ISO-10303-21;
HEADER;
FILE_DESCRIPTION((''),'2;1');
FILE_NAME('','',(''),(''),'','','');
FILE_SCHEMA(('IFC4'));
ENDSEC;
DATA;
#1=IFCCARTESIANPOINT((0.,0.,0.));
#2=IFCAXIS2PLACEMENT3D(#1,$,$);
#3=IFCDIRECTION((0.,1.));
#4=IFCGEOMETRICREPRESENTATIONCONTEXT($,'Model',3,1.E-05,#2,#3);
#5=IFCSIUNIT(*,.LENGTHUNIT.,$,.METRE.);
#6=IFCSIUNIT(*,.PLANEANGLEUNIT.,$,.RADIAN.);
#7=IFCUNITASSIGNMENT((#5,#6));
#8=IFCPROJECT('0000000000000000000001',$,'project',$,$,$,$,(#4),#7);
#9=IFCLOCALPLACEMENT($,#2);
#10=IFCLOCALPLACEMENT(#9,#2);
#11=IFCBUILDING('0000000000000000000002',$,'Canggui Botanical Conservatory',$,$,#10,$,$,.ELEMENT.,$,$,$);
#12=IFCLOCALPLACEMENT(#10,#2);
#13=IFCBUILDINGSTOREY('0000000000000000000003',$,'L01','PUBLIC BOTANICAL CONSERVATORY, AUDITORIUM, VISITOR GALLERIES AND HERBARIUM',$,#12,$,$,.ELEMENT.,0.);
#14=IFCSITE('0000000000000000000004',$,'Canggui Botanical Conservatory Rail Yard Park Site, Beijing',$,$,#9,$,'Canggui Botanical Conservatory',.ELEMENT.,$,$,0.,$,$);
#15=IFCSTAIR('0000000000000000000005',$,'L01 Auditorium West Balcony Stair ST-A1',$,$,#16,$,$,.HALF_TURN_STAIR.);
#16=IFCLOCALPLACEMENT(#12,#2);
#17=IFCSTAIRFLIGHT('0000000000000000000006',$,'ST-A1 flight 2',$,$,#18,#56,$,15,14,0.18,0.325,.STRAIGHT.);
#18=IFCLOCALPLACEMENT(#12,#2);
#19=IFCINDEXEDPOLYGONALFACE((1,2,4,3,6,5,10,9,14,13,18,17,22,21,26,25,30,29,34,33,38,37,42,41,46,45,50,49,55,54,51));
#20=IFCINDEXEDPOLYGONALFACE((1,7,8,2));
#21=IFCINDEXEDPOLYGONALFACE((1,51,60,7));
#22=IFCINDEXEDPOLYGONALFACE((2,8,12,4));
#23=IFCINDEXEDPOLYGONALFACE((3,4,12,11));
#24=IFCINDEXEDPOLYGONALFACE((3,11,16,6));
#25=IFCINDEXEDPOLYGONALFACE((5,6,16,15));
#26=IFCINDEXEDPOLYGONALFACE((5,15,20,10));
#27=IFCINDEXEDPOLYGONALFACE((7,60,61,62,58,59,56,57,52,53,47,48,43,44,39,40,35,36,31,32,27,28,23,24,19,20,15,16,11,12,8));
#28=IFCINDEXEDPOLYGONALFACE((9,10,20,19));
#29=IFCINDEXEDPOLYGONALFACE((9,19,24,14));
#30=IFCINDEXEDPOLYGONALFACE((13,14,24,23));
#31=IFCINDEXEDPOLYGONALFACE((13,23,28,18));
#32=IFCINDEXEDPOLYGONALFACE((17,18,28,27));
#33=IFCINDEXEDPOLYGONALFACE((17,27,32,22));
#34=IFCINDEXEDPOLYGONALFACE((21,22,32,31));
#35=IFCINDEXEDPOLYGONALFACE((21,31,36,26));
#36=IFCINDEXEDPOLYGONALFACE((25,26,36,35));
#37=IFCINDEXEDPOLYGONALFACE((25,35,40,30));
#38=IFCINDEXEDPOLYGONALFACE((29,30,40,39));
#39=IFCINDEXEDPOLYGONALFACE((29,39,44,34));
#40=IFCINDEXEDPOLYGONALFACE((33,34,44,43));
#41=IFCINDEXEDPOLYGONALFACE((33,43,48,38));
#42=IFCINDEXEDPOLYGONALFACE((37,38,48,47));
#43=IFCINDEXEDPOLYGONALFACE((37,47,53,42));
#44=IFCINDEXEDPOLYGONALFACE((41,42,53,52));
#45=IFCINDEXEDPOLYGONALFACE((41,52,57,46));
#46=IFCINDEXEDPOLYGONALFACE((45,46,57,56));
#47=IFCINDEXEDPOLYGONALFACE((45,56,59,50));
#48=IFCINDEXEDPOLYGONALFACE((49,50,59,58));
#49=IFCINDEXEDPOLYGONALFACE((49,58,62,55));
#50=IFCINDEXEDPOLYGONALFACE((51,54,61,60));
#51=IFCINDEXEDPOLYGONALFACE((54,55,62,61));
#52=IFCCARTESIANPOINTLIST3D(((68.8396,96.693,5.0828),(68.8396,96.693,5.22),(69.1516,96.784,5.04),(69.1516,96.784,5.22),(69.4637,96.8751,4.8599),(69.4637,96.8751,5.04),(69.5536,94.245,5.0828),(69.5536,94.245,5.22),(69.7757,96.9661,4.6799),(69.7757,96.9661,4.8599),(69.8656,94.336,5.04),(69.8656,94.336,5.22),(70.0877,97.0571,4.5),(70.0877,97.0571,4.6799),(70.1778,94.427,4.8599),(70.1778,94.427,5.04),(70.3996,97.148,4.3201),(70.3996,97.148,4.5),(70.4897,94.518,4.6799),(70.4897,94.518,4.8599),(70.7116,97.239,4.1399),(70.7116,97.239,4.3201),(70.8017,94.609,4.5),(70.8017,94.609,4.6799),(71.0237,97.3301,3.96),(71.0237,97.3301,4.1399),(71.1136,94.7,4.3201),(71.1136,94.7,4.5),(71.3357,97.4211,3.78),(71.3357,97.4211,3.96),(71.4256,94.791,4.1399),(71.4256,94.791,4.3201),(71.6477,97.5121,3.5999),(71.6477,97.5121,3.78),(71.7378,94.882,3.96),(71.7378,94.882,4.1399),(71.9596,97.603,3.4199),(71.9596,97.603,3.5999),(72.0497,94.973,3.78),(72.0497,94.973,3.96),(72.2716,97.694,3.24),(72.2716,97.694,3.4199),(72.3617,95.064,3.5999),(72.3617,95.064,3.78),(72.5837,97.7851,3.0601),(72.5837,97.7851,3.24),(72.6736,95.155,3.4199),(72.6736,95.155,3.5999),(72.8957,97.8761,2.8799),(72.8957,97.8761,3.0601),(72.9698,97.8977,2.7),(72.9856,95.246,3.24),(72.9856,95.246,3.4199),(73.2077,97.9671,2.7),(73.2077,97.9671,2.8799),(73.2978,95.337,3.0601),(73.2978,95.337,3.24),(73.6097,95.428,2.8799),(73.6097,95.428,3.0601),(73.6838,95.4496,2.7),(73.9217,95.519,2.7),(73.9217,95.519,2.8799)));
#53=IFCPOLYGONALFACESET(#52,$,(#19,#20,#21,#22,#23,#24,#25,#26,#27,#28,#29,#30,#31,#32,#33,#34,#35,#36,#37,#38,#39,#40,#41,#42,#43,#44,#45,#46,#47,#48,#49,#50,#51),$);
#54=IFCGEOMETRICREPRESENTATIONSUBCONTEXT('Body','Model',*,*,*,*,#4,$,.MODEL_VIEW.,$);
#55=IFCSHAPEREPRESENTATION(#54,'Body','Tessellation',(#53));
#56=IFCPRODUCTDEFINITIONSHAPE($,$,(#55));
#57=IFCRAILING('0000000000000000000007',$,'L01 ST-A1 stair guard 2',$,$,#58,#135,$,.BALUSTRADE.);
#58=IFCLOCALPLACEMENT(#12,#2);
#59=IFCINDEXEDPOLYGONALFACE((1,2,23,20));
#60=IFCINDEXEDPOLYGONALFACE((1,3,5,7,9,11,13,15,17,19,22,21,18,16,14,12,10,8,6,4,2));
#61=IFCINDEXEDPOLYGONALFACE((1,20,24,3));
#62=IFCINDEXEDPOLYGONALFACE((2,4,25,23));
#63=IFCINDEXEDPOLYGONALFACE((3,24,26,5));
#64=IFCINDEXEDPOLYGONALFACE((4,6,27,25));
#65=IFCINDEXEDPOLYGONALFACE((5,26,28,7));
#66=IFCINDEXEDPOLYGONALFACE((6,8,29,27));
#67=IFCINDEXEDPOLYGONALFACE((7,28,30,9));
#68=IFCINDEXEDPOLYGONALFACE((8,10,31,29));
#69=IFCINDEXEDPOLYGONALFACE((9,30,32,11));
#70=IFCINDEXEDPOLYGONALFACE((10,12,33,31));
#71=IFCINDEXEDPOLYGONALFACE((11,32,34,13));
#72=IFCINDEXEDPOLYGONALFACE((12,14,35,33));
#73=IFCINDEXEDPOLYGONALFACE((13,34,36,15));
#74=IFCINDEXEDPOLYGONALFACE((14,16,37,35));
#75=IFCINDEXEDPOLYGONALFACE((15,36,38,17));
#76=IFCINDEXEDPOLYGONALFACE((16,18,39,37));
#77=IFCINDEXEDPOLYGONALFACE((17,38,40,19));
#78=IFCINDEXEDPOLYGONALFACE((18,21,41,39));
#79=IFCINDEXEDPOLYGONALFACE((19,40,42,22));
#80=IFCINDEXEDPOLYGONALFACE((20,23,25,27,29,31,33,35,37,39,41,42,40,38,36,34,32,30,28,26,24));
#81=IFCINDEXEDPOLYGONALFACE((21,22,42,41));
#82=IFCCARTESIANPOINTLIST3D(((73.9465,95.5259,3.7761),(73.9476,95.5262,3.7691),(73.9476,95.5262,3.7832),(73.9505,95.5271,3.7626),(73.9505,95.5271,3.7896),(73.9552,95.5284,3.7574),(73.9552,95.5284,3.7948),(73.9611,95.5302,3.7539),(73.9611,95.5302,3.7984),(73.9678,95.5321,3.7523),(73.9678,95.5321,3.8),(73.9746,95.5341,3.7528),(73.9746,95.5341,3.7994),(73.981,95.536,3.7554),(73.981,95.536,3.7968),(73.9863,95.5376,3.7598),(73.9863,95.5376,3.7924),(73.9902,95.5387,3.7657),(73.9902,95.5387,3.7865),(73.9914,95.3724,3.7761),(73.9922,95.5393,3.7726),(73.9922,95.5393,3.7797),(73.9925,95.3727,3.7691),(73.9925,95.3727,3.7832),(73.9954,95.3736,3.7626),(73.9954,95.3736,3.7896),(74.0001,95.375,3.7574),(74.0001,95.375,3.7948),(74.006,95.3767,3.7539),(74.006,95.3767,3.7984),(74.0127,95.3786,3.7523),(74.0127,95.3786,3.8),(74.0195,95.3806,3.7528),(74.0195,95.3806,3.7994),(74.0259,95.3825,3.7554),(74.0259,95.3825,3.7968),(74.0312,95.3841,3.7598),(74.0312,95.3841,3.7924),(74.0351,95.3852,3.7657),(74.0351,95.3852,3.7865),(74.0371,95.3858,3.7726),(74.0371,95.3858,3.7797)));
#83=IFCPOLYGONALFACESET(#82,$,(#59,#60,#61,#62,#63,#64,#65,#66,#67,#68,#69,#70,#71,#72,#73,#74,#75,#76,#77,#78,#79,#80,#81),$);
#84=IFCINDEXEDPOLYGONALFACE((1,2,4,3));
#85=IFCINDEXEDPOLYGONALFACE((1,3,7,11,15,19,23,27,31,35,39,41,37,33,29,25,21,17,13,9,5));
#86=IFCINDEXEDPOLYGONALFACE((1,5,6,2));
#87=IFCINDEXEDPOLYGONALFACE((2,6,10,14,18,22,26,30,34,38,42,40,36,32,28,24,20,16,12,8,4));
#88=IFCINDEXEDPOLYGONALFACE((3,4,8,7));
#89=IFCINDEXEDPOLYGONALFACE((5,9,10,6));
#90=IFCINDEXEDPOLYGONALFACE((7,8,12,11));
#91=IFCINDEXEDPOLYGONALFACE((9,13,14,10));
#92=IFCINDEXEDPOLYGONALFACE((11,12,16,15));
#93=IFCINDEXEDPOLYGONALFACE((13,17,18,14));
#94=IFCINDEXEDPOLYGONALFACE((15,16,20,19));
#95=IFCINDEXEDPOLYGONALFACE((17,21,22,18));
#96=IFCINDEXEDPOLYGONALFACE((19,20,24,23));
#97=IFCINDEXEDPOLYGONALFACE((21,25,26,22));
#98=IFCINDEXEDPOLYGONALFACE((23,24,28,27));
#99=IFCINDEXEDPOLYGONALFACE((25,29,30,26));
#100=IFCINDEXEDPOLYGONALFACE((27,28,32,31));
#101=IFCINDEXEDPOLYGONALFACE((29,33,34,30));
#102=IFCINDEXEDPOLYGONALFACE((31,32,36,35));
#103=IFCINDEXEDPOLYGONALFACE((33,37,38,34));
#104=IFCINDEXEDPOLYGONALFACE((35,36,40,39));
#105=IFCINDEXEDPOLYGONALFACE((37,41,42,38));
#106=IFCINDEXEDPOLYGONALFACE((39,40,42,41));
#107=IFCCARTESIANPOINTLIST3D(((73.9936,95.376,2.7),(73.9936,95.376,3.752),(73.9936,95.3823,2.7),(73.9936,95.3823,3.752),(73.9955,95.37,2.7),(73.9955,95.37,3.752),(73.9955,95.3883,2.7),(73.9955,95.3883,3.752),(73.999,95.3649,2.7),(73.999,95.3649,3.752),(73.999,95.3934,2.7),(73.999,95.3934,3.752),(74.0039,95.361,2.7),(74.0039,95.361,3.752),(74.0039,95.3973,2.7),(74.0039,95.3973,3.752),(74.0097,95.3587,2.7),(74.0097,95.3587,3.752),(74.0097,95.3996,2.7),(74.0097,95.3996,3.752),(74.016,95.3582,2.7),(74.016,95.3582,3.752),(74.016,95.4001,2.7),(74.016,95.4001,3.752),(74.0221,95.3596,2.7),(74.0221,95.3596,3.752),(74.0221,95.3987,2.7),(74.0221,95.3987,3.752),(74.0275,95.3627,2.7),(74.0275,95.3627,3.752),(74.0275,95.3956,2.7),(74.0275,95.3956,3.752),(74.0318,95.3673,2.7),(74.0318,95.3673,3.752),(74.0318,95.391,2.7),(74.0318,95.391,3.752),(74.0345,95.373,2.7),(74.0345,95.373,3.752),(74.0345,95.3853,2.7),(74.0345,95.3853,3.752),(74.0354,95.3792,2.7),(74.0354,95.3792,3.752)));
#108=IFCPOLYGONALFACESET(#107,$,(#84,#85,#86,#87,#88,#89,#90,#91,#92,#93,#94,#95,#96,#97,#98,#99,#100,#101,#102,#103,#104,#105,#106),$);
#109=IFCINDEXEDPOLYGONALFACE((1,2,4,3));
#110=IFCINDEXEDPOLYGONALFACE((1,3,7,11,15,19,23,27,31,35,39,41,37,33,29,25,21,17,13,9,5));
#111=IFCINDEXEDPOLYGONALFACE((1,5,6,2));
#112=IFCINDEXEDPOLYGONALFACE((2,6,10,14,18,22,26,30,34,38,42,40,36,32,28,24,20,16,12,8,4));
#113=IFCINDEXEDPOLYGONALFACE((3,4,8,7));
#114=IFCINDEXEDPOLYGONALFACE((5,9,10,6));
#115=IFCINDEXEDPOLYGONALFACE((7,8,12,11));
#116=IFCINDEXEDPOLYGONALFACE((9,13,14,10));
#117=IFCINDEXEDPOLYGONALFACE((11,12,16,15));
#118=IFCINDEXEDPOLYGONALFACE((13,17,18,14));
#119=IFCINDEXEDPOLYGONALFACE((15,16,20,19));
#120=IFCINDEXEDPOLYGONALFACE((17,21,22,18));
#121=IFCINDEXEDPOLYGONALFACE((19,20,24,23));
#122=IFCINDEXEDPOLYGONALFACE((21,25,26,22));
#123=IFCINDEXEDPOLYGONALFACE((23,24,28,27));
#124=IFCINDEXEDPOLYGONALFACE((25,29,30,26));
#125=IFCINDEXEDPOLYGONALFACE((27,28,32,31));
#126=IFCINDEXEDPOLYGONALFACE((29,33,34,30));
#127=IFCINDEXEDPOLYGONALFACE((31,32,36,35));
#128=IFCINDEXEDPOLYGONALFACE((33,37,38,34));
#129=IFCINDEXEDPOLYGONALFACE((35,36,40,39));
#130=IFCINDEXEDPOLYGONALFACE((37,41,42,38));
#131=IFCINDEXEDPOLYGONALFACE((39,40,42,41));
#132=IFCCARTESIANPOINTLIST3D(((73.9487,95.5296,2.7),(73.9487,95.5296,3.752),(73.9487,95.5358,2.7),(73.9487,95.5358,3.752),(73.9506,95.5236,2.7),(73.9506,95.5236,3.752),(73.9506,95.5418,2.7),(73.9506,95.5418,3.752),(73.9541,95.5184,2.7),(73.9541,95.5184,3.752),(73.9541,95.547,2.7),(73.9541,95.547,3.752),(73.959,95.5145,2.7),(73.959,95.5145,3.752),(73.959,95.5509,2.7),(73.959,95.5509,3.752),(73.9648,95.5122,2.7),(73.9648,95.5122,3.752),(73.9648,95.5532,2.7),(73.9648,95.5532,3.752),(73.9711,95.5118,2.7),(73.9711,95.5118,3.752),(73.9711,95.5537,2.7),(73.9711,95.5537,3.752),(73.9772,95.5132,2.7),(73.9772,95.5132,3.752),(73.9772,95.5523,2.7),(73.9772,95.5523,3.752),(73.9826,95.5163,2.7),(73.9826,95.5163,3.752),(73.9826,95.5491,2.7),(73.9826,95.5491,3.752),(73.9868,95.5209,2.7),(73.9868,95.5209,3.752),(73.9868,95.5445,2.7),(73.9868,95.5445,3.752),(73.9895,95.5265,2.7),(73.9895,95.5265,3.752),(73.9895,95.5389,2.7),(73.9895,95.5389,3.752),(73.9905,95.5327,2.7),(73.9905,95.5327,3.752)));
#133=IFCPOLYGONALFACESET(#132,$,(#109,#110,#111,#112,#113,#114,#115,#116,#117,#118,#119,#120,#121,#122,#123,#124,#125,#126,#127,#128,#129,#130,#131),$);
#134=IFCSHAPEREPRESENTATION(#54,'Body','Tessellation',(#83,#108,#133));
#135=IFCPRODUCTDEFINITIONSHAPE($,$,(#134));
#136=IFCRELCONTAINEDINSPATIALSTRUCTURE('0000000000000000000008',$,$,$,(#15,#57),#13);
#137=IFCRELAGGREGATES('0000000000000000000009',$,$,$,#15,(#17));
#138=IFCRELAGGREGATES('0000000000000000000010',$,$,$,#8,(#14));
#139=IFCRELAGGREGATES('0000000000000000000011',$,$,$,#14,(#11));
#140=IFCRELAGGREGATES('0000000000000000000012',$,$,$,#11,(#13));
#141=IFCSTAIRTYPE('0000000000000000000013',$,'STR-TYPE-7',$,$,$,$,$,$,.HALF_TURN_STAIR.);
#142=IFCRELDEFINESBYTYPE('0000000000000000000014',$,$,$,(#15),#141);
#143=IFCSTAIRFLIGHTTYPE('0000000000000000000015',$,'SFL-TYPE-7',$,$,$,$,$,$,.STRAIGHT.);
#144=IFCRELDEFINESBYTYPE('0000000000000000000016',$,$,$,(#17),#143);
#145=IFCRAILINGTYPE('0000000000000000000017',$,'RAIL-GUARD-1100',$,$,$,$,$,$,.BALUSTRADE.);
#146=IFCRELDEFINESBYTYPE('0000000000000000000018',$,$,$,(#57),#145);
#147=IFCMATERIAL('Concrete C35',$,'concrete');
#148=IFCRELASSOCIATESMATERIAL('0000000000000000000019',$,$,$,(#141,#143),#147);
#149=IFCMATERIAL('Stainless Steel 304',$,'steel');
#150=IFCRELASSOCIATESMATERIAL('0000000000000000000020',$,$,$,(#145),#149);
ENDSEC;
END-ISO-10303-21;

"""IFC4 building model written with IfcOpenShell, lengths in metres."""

from ifc_helpers import new_model, si_unit, direction, frame, origin, origin_2d, place, context, subcontext, project, spatial, polyline, circle, outline, extrude, material, type_object, element, aggregate, save


model = new_model("IFC4")

# Units and contexts
model_context = context("Model", 3, precision=1e-05, world=origin(), true_north=direction((0.0, 1.0)))
body_context = subcontext(model_context, "Body", "Model", "MODEL_VIEW")
ifc_project = project(units=[si_unit("LENGTHUNIT", "METRE"), si_unit("PLANEANGLEUNIT", "RADIAN")], contexts=[model_context])

# Site, building, storey
site_placement = place(None, origin())
site = spatial("IfcSite", under=ifc_project, at=site_placement, Name="Canggui Botanical Conservatory Rail Yard Park Site, Beijing", LongName="Canggui Botanical Conservatory", CompositionType="ELEMENT", RefElevation=0.0)
building_placement = place(site_placement, origin())
building = spatial("IfcBuilding", under=site, at=building_placement, Name="Canggui Botanical Conservatory", CompositionType="ELEMENT")
storey_placement = place(building_placement, origin())
storey = spatial("IfcBuildingStorey", under=building, at=storey_placement, Name="L01", Description="PUBLIC BOTANICAL CONSERVATORY, AUDITORIUM, VISITOR GALLERIES AND HERBARIUM", CompositionType="ELEMENT", Elevation=0.0)

# Shared definitions
ifc_material_1 = material(Name="Concrete C35", Category="concrete")

# Stair, stair flight
stair_type = type_object("IfcStairType", Name="STR-TYPE-7", PredefinedType="HALF_TURN_STAIR", material=ifc_material_1)
stair_placement = place(storey_placement, origin())
stair = element("IfcStair", 1, at=stair_placement, inside=storey, type_object=stair_type, Name="L01 Auditorium West Balcony Stair ST-A1", PredefinedType="HALF_TURN_STAIR")
stair_flight_type = type_object("IfcStairFlightType", Name="SFL-TYPE-7", PredefinedType="STRAIGHT", material=ifc_material_1)
stair_flight_placement = place(storey_placement, frame((73.5647, 96.7429, 2.7), z_axis=(0.0, 0.0, 1.0), x_axis=(-0.96, -0.28, 0.0)))
stair_flight = element("IfcStairFlight", 2, at=stair_flight_placement, type_object=stair_flight_type, Name="ST-A1 flight 2", NumberOfRisers=15, NumberOfTreads=14, PredefinedType="STRAIGHT", RiserHeight=0.18, TreadLength=0.325, context=body_context, shape_type="SweptSolid", body=[
    extrude(outline(polyline([(0.0, 0.0), (0.0, 0.1799), (0.325, 0.1799), (0.325, 0.3601), (0.6499, 0.3601), (0.6499, 0.54), (0.9751, 0.54), (0.9751, 0.72), (1.3, 0.72), (1.3, 0.8999), (1.625, 0.8999), (1.625, 1.0801), (1.95, 1.0801), (1.95, 1.26), (2.2749, 1.26), (2.2749, 1.4399), (2.6001, 1.4399), (2.6001, 1.6201), (2.925, 1.6201), (2.925, 1.8), (3.25, 1.8), (3.25, 1.98), (3.575, 1.98), (3.575, 2.1599), (3.8999, 2.1599), (3.8999, 2.3401), (4.2251, 2.3401), (4.2251, 2.52), (4.55, 2.52), (4.55, 2.7), (4.55, 2.3828), (0.2478, 0.0), (0.0, 0.0)])), frame((0.0, 1.2749, 0.0), z_axis=(0.0, -1.0, 0.0), x_axis=(1.0, 0.0, 0.0)), (0.0, 0.0, 1.0), 2.55),
])
aggregate(stair, [stair_flight])

# Railing
ifc_material_2 = material(Name="Stainless Steel 304", Category="steel")
railing_type_1 = type_object("IfcRailingType", Name="RAIL-GUARD-1100", PredefinedType="BALUSTRADE", material=ifc_material_2)
railing_1_placement = place(storey_placement, frame((74.0144, 95.3792, 2.7)))
element("IfcRailing", 3, at=railing_1_placement, inside=storey, type_object=railing_type_1, Name="L01 ST-A1 stair guard 2", PredefinedType="BALUSTRADE", context=body_context, shape_type="SweptSolid", body=[
    extrude(circle(Radius=0.0239, at=origin_2d()), frame((0.0, 0.0, 1.0762), z_axis=(-0.280762, 0.959778, 0.0), x_axis=(-0.959778, -0.280762, 0.0)), (0.0, 0.0, 1.0), 0.1599),
    extrude(circle(Radius=0.021, at=origin_2d()), origin(), (0.0, 0.0, 1.0), 1.052),
    extrude(circle(Radius=0.021, at=origin_2d()), frame((-0.0449, 0.1536, 0.0)), (0.0, 0.0, 1.0), 1.052),
])

save(model, "model.ifc")
